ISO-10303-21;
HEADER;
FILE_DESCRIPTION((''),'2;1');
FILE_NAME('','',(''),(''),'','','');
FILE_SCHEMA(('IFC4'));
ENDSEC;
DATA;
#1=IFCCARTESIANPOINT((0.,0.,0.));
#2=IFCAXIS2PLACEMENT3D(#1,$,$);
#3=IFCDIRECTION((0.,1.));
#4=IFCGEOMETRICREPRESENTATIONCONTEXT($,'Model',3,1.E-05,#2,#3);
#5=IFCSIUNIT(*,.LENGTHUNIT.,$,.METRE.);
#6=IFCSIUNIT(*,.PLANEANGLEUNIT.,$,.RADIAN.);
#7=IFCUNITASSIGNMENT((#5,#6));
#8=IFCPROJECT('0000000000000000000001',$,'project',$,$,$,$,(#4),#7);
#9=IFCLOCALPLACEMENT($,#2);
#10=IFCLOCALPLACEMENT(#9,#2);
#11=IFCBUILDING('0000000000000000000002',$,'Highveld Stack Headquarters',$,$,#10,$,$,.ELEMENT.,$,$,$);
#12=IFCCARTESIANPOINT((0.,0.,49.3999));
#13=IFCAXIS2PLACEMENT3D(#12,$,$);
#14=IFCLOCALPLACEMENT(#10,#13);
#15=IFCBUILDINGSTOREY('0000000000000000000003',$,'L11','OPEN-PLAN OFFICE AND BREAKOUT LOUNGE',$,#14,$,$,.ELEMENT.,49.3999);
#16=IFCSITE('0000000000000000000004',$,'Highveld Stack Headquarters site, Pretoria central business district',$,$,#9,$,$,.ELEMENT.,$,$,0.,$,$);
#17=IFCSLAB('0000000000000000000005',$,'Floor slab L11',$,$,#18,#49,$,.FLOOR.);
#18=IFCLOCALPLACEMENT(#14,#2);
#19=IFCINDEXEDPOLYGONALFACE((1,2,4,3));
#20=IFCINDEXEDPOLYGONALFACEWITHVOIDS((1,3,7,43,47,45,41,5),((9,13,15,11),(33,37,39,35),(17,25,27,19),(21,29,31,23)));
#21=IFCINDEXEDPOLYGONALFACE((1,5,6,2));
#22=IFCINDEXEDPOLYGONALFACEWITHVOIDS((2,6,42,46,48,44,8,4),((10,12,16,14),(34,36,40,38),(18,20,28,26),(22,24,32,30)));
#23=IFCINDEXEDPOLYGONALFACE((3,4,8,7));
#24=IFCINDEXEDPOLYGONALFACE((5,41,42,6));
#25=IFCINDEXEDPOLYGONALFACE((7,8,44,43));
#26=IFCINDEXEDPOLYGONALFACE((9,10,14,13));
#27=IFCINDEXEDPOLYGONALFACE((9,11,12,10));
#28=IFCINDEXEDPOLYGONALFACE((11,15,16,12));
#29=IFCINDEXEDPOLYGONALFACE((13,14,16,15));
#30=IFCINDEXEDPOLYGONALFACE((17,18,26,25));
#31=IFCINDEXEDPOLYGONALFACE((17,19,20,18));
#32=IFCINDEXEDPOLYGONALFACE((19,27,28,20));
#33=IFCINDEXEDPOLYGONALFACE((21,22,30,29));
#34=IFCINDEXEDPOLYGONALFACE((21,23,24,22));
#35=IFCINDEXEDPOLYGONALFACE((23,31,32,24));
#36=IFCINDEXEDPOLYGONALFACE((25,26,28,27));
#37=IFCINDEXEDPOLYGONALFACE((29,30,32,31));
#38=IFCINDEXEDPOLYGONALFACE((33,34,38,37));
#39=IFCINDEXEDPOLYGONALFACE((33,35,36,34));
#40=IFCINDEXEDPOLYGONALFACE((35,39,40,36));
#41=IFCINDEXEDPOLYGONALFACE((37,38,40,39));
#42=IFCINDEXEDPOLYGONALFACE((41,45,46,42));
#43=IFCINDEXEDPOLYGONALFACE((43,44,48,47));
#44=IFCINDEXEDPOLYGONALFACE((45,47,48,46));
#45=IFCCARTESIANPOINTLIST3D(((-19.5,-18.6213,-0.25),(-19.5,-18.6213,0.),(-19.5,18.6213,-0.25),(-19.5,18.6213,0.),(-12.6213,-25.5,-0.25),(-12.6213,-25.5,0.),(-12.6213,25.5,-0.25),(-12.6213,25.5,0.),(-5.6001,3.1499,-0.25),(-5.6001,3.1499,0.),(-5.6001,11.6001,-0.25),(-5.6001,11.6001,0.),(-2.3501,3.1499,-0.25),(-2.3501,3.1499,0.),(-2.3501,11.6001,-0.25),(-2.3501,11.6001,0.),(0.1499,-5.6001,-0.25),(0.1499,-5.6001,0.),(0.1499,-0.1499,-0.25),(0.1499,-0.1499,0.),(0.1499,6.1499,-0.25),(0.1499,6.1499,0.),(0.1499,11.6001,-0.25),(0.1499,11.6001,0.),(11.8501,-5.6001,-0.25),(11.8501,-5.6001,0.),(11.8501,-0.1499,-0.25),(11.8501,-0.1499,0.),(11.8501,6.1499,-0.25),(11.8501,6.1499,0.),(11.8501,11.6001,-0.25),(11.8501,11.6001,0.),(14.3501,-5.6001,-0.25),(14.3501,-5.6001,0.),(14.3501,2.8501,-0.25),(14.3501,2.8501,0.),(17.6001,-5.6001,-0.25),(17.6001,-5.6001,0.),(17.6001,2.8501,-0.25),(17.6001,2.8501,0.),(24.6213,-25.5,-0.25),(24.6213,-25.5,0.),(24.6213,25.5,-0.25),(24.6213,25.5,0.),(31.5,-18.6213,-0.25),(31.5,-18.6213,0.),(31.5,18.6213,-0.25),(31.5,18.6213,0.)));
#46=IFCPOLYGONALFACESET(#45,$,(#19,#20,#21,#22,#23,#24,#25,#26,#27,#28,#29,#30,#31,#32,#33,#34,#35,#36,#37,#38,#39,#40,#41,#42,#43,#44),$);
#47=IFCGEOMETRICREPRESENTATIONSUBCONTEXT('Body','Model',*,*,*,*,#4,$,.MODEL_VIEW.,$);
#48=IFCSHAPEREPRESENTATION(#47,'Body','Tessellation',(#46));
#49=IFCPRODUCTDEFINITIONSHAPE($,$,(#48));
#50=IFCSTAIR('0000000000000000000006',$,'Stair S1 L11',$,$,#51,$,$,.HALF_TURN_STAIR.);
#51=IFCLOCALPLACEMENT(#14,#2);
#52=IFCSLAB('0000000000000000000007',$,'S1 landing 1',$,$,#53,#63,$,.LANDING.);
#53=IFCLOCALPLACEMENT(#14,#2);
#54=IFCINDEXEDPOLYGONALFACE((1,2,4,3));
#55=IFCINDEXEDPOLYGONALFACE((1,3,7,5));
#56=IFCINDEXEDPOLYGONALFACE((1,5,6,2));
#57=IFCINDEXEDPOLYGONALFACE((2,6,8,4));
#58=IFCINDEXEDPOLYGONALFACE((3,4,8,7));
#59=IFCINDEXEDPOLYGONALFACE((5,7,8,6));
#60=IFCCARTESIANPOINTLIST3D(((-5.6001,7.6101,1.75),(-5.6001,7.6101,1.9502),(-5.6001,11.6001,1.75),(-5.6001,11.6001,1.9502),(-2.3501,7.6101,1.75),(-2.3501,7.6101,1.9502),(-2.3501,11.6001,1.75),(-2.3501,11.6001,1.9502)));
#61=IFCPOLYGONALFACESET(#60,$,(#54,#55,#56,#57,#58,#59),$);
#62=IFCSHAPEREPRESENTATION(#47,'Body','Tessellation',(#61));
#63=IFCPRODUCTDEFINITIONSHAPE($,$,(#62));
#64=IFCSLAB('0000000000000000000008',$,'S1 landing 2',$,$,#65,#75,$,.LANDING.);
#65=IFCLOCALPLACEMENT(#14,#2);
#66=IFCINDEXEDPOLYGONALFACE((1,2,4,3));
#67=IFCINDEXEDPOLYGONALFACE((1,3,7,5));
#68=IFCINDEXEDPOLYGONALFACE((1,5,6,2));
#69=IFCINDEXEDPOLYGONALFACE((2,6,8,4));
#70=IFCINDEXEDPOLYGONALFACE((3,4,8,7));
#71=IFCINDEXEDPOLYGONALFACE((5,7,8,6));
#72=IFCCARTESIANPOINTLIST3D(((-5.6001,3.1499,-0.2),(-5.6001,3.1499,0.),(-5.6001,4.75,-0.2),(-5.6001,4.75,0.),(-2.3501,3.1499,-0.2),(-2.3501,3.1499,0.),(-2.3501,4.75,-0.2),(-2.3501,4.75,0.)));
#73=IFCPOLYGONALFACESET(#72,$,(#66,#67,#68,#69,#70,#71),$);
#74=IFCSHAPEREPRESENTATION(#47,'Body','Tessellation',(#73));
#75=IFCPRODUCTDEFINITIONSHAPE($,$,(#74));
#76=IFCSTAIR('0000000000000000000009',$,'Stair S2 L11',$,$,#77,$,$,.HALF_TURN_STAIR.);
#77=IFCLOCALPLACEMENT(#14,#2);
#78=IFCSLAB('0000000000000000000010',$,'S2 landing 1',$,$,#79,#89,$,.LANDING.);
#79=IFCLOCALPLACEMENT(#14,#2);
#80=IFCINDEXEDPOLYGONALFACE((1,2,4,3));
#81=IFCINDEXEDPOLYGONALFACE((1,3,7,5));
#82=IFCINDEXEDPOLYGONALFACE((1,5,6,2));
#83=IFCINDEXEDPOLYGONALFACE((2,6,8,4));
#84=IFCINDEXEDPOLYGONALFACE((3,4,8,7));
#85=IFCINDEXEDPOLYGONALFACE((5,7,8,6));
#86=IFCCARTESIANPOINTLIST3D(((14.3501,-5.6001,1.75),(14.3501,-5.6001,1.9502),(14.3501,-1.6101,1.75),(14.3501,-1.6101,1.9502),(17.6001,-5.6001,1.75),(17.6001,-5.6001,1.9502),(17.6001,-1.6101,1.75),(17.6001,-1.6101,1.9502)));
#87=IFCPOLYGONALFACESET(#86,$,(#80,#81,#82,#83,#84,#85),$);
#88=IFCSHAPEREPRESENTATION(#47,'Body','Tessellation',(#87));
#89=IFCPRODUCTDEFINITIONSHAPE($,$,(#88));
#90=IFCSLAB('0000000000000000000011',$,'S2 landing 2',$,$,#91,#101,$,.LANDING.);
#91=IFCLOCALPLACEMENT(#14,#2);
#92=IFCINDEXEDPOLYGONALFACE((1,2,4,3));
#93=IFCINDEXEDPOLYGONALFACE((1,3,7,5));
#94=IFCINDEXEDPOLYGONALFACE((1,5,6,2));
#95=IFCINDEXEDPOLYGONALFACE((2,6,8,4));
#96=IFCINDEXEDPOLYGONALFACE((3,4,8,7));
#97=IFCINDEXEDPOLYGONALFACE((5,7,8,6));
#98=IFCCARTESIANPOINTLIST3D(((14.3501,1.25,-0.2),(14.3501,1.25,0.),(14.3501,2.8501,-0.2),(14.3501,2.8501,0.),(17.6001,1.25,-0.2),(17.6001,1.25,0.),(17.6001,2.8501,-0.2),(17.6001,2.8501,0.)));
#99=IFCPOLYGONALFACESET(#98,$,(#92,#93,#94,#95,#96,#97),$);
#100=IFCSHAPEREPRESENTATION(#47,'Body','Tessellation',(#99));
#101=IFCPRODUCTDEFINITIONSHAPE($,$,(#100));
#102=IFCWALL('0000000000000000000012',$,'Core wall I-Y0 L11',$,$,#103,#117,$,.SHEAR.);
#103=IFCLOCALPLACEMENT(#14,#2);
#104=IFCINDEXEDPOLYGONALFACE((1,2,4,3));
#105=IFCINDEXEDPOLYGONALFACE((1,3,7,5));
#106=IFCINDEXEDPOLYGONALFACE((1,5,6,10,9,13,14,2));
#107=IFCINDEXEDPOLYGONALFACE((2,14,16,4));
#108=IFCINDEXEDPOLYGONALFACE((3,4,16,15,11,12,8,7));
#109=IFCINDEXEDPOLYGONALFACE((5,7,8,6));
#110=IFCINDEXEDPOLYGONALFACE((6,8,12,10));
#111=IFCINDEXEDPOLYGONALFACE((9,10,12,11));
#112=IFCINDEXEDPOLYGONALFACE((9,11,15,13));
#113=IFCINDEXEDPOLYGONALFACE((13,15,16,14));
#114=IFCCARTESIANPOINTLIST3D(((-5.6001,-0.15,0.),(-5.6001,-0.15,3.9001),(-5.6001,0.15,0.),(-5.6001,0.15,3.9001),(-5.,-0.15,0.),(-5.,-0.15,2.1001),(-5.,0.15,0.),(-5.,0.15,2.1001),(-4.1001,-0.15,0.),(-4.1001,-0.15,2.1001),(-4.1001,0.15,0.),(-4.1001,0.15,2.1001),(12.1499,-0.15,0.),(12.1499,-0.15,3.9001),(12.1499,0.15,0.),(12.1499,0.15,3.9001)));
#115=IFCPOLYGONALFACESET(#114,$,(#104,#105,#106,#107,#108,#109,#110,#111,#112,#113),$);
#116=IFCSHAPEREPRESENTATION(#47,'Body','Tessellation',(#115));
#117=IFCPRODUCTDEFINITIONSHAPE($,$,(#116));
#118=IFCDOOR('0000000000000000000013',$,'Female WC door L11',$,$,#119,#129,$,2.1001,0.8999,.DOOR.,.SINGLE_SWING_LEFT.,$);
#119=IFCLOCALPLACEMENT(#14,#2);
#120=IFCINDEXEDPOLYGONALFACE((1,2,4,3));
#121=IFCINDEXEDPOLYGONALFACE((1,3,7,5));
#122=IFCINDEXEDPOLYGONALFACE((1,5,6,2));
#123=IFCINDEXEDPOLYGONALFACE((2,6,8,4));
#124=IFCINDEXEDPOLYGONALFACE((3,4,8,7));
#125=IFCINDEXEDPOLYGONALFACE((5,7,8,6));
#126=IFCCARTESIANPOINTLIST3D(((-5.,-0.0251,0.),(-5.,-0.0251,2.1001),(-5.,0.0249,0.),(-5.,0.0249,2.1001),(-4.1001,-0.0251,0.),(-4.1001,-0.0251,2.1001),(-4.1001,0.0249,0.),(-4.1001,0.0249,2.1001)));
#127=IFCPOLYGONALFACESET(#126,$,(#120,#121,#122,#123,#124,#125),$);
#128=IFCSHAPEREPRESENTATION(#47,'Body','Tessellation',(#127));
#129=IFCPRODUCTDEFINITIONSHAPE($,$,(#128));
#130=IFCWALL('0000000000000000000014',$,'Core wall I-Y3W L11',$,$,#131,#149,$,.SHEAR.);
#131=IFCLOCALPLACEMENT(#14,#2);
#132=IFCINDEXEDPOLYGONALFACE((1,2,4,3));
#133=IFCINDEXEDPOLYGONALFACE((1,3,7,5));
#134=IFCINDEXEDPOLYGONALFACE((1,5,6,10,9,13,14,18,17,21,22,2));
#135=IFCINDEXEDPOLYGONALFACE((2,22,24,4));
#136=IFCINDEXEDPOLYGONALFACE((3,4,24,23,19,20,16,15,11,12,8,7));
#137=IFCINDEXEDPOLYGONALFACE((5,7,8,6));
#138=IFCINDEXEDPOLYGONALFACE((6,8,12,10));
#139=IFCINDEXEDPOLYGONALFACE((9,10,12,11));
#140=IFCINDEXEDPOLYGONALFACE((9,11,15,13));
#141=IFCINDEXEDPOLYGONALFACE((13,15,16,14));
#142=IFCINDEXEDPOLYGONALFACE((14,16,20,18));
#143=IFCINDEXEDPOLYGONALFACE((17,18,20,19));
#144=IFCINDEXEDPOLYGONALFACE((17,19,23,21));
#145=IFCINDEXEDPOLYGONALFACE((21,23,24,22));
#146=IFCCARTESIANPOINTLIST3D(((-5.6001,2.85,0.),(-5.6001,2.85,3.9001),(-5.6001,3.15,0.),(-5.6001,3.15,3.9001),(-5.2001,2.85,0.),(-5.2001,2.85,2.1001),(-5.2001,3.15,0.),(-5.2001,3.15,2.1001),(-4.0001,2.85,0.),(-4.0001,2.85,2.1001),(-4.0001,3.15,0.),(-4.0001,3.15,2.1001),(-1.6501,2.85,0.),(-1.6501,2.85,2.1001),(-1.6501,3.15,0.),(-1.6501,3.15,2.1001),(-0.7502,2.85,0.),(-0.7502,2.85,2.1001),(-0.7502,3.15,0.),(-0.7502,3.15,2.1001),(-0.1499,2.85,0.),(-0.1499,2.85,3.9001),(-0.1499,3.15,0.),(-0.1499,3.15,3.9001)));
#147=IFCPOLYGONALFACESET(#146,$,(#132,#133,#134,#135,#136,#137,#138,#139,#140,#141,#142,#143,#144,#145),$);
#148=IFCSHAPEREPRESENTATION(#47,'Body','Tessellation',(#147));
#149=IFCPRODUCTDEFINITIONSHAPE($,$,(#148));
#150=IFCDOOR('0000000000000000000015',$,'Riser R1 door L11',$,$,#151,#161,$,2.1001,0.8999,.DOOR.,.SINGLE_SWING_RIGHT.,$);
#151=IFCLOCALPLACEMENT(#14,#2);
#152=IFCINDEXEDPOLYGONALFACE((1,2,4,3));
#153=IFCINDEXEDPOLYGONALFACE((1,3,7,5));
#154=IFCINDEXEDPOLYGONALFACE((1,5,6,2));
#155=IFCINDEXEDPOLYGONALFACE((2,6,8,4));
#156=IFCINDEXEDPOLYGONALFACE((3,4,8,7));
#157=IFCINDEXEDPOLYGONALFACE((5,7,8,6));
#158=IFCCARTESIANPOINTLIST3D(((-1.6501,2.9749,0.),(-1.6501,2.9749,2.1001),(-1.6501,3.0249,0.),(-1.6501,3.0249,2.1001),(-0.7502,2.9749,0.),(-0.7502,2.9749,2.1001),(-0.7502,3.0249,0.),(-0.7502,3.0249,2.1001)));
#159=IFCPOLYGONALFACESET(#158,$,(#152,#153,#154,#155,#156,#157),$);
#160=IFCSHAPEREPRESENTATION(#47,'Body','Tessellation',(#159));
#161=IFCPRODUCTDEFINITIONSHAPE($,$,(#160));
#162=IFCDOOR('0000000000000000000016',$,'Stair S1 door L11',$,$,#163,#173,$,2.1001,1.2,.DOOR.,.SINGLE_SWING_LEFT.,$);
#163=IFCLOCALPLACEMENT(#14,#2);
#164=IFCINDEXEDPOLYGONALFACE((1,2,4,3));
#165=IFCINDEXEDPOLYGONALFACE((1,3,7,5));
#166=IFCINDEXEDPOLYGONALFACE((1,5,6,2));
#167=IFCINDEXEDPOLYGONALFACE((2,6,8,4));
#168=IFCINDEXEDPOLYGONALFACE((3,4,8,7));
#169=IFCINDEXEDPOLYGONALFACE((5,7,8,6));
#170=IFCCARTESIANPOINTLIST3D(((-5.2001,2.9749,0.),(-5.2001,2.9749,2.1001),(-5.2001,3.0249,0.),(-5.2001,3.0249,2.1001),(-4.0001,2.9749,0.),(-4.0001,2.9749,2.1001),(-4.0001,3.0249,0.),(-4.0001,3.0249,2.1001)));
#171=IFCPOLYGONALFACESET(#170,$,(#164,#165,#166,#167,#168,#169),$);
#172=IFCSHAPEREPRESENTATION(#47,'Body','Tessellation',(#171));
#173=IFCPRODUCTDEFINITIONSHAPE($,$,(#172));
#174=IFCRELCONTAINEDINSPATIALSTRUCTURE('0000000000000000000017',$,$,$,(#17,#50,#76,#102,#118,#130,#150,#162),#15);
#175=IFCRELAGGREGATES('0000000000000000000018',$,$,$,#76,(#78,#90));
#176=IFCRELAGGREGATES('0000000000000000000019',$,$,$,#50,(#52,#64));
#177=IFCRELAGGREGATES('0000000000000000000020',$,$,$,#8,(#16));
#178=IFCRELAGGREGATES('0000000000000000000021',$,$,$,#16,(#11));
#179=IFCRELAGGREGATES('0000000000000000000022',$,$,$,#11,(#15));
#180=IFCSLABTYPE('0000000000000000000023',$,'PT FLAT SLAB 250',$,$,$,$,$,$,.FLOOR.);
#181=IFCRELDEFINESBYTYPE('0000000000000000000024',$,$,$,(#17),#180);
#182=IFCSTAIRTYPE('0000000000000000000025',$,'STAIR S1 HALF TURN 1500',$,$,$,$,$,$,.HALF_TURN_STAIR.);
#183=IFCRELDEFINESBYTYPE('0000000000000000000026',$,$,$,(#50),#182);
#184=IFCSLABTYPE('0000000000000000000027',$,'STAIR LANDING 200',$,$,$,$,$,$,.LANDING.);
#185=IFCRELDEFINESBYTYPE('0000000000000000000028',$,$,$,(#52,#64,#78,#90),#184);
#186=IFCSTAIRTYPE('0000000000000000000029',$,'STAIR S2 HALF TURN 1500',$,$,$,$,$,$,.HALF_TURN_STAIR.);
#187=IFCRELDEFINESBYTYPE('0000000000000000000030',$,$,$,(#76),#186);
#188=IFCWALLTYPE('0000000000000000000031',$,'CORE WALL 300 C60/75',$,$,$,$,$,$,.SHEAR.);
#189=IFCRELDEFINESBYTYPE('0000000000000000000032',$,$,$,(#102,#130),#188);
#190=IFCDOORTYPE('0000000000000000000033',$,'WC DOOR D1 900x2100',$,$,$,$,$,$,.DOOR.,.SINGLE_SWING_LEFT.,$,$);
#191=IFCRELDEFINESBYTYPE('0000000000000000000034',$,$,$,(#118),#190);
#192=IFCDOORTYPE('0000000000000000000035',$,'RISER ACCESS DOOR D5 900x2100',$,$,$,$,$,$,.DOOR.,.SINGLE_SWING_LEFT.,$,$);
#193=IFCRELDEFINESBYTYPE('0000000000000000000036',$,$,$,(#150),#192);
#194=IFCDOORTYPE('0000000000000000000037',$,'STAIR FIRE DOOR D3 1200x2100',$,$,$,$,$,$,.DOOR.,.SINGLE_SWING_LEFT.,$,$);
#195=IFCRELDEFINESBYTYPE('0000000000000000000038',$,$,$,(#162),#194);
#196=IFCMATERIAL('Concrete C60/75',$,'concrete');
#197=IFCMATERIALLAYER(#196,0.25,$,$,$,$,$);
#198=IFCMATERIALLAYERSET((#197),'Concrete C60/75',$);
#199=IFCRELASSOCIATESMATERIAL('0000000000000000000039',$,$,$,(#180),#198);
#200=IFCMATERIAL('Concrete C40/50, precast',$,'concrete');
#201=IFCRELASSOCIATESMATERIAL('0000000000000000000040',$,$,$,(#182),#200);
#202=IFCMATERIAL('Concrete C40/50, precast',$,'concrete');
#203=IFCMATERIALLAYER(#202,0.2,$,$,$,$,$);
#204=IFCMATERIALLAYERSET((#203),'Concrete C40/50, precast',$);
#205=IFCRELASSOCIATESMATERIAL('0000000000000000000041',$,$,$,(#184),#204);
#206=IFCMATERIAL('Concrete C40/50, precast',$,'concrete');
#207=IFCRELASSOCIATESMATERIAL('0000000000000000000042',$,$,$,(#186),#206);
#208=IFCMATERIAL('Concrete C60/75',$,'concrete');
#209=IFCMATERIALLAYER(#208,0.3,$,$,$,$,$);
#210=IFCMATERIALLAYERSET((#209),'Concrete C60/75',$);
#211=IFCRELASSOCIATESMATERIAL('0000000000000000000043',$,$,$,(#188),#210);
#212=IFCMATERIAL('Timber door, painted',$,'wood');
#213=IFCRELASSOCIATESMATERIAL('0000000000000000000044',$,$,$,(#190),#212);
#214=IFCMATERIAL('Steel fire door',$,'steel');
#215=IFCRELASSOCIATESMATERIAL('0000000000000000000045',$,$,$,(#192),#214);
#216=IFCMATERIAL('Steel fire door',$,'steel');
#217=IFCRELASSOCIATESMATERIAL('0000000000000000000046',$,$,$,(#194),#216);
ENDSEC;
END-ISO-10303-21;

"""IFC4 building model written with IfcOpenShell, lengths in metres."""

from ifc_helpers import new_model, si_unit, direction, frame, frame_2d, origin, place, context, subcontext, project, spatial, polyline, rectangle, outline, extrude, material, layer, layer_set, type_object, element, fill, aggregate, save


model = new_model("IFC4")

# Units and contexts
model_context = context("Model", 3, precision=1e-05, world=origin(), true_north=direction((0.0, 1.0)))
body_context = subcontext(model_context, "Body", "Model", "MODEL_VIEW")
ifc_project = project(units=[si_unit("LENGTHUNIT", "METRE"), si_unit("PLANEANGLEUNIT", "RADIAN")], contexts=[model_context])

# Site, building, storey
site_placement = place(None, origin())
site = spatial("IfcSite", under=ifc_project, at=site_placement, Name="Highveld Stack Headquarters site, Pretoria central business district", CompositionType="ELEMENT", RefElevation=0.0)
building_placement = place(site_placement, origin())
building = spatial("IfcBuilding", under=site, at=building_placement, Name="Highveld Stack Headquarters", CompositionType="ELEMENT")
storey_placement = place(building_placement, frame((0.0, 0.0, 49.3999)))
storey = spatial("IfcBuildingStorey", under=building, at=storey_placement, Name="L11", Description="OPEN-PLAN OFFICE AND BREAKOUT LOUNGE", CompositionType="ELEMENT", Elevation=49.3999)

# Slab
ifc_material_1 = material(Name="Concrete C60/75", Category="concrete")
ifc_layer_1 = layer(ifc_material_1, 0.25)
ifc_layer_set_1 = layer_set([ifc_layer_1], Name="Concrete C60/75")
slab_type_1 = type_object("IfcSlabType", Name="PT FLAT SLAB 250", PredefinedType="FLOOR", material=ifc_layer_set_1)
slab_1_placement = place(storey_placement, frame((0.0, 0.0, -0.25)))
element("IfcSlab", 1, at=slab_1_placement, inside=storey, type_object=slab_type_1, Name="Floor slab L11", PredefinedType="FLOOR", context=body_context, shape_type="SweptSolid", body=[
    extrude(outline(polyline([(-12.6213, -25.5), (24.6213, -25.5), (31.5, -18.6213), (31.5, 18.6213), (24.6213, 25.5), (-12.6213, 25.5), (-19.5, 18.6213), (-19.5, -18.6213), (-12.6213, -25.5)]), holes=[polyline([(0.1499, 6.1499), (11.8501, 6.1499), (11.8501, 11.6001), (0.1499, 11.6001), (0.1499, 6.1499)]), polyline([(0.1499, -5.6001), (11.8501, -5.6001), (11.8501, -0.1499), (0.1499, -0.1499), (0.1499, -5.6001)]), polyline([(-5.6001, 3.1499), (-2.3501, 3.1499), (-2.3501, 11.6001), (-5.6001, 11.6001), (-5.6001, 3.1499)]), polyline([(14.3501, -5.6001), (17.6001, -5.6001), (17.6001, 2.8501), (14.3501, 2.8501), (14.3501, -5.6001)])]), origin(), (0.0, 0.0, 1.0), 0.25),
])

# Stairs, slabs
ifc_material_2 = material(Name="Concrete C40/50, precast", Category="concrete")
stair_type_1 = type_object("IfcStairType", Name="STAIR S1 HALF TURN 1500", PredefinedType="HALF_TURN_STAIR", material=ifc_material_2)
stair_1_placement = place(storey_placement, origin())
stair_1 = element("IfcStair", 2, at=stair_1_placement, inside=storey, type_object=stair_type_1, Name="Stair S1 L11", PredefinedType="HALF_TURN_STAIR")
ifc_material_3 = material(Name="Concrete C40/50, precast", Category="concrete")
ifc_layer_2 = layer(ifc_material_3, 0.2)
ifc_layer_set_2 = layer_set([ifc_layer_2], Name="Concrete C40/50, precast")
slab_type_2 = type_object("IfcSlabType", Name="STAIR LANDING 200", PredefinedType="LANDING", material=ifc_layer_set_2)
slab_2_placement = place(storey_placement, frame((0.0, 0.0, 1.75)))
slab_2 = element("IfcSlab", 3, at=slab_2_placement, type_object=slab_type_2, Name="S1 landing 1", PredefinedType="LANDING", context=body_context, shape_type="SweptSolid", body=[
    extrude(outline(polyline([(-5.6001, 7.6101), (-2.3501, 7.6101), (-2.3501, 11.6001), (-5.6001, 11.6001), (-5.6001, 7.6101)])), origin(), (0.0, 0.0, 1.0), 0.2002),
])
slab_3_placement = place(storey_placement, frame((0.0, 0.0, -0.2)))
slab_3 = element("IfcSlab", 4, at=slab_3_placement, type_object=slab_type_2, Name="S1 landing 2", PredefinedType="LANDING", context=body_context, shape_type="SweptSolid", body=[
    extrude(outline(polyline([(-5.6001, 3.1499), (-2.3501, 3.1499), (-2.3501, 4.75), (-5.6001, 4.75), (-5.6001, 3.1499)])), origin(), (0.0, 0.0, 1.0), 0.2),
])
ifc_material_4 = material(Name="Concrete C40/50, precast", Category="concrete")
stair_type_2 = type_object("IfcStairType", Name="STAIR S2 HALF TURN 1500", PredefinedType="HALF_TURN_STAIR", material=ifc_material_4)
stair_2_placement = place(storey_placement, origin())
stair_2 = element("IfcStair", 5, at=stair_2_placement, inside=storey, type_object=stair_type_2, Name="Stair S2 L11", PredefinedType="HALF_TURN_STAIR")
slab_4_placement = place(storey_placement, frame((0.0, 0.0, 1.75)))
slab_4 = element("IfcSlab", 6, at=slab_4_placement, type_object=slab_type_2, Name="S2 landing 1", PredefinedType="LANDING", context=body_context, shape_type="SweptSolid", body=[
    extrude(outline(polyline([(14.3501, -5.6001), (17.6001, -5.6001), (17.6001, -1.6101), (14.3501, -1.6101), (14.3501, -5.6001)])), origin(), (0.0, 0.0, 1.0), 0.2002),
])
slab_5_placement = place(storey_placement, frame((0.0, 0.0, -0.2)))
slab_5 = element("IfcSlab", 7, at=slab_5_placement, type_object=slab_type_2, Name="S2 landing 2", PredefinedType="LANDING", context=body_context, shape_type="SweptSolid", body=[
    extrude(outline(polyline([(14.3501, 1.25), (17.6001, 1.25), (17.6001, 2.8501), (14.3501, 2.8501), (14.3501, 1.25)])), origin(), (0.0, 0.0, 1.0), 0.2),
])
aggregate(stair_2, [slab_4, slab_5])

# Wall, opening, door
ifc_material_5 = material(Name="Concrete C60/75", Category="concrete")
ifc_layer_3 = layer(ifc_material_5, 0.3)
ifc_layer_set_3 = layer_set([ifc_layer_3], Name="Concrete C60/75")
wall_type_1 = type_object("IfcWallType", Name="CORE WALL 300 C60/75", PredefinedType="SHEAR", material=ifc_layer_set_3)
wall_1_placement = place(storey_placement, frame((-5.6001, 0.0, 0.0), z_axis=(0.0, 0.0, 1.0), x_axis=(1.0, 0.0, 0.0)))
wall_1 = element("IfcWall", 8, at=wall_1_placement, inside=storey, type_object=wall_type_1, Name="Core wall I-Y0 L11", PredefinedType="SHEAR", context=body_context, shape_type="SweptSolid", body=[
    extrude(rectangle(XDim=17.75, YDim=0.3, at=frame_2d((8.875, 0.0))), origin(), (0.0, 0.0, 1.0), 3.9001),
])
opening_1_placement = place(wall_1_placement, frame((0.6001, 0.0, 0.0)))
opening_1 = element("IfcOpeningElement", 9, at=opening_1_placement, cuts=wall_1, PredefinedType="OPENING", context=body_context, shape_type="SweptSolid", body=[
    extrude(rectangle(XDim=0.8999, YDim=2.1001, at=frame_2d((0.45, 1.05))), frame((0.0, 0.1599, 0.0), z_axis=(0.0, -1.0, 0.0), x_axis=(1.0, 0.0, 0.0)), (0.0, 0.0, 1.0), 0.3201),
])
ifc_material_6 = material(Name="Timber door, painted", Category="wood")
door_type_1 = type_object("IfcDoorType", Name="WC DOOR D1 900x2100", OperationType="SINGLE_SWING_LEFT", PredefinedType="DOOR", material=ifc_material_6)
door_1_placement = place(opening_1_placement, origin())
door_1 = element("IfcDoor", 10, at=door_1_placement, inside=storey, type_object=door_type_1, Name="Female WC door L11", OperationType="SINGLE_SWING_LEFT", OverallHeight=2.1001, OverallWidth=0.8999, PredefinedType="DOOR", context=body_context, shape_type="SweptSolid", body=[
    extrude(rectangle(XDim=0.8999, YDim=2.1001, at=frame_2d((0.45, 1.05))), frame((0.0, 0.0249, 0.0), z_axis=(0.0, -1.0, 0.0), x_axis=(1.0, 0.0, 0.0)), (0.0, 0.0, 1.0), 0.05),
])
fill(opening_1, door_1)

# Wall, openings, doors
wall_2_placement = place(storey_placement, frame((-5.6001, 3.0, 0.0), z_axis=(0.0, 0.0, 1.0), x_axis=(1.0, 0.0, 0.0)))
wall_2 = element("IfcWall", 11, at=wall_2_placement, inside=storey, type_object=wall_type_1, Name="Core wall I-Y3W L11", PredefinedType="SHEAR", context=body_context, shape_type="SweptSolid", body=[
    extrude(rectangle(XDim=5.4502, YDim=0.3, at=frame_2d((2.7251, 0.0))), origin(), (0.0, 0.0, 1.0), 3.9001),
])
opening_2_placement = place(wall_2_placement, frame((0.3999, 0.0, 0.0)))
opening_2 = element("IfcOpeningElement", 12, at=opening_2_placement, cuts=wall_2, PredefinedType="OPENING", context=body_context, shape_type="SweptSolid", body=[
    extrude(rectangle(XDim=1.2, YDim=2.1001, at=frame_2d((0.6001, 1.05))), frame((0.0, 0.1599, 0.0), z_axis=(0.0, -1.0, 0.0), x_axis=(1.0, 0.0, 0.0)), (0.0, 0.0, 1.0), 0.3201),
])
opening_3_placement = place(wall_2_placement, frame((3.95, 0.0, 0.0)))
opening_3 = element("IfcOpeningElement", 13, at=opening_3_placement, cuts=wall_2, PredefinedType="OPENING", context=body_context, shape_type="SweptSolid", body=[
    extrude(rectangle(XDim=0.8999, YDim=2.1001, at=frame_2d((0.45, 1.05))), frame((0.0, 0.1599, 0.0), z_axis=(0.0, -1.0, 0.0), x_axis=(1.0, 0.0, 0.0)), (0.0, 0.0, 1.0), 0.3201),
])
ifc_material_7 = material(Name="Steel fire door", Category="steel")
door_type_2 = type_object("IfcDoorType", Name="RISER ACCESS DOOR D5 900x2100", OperationType="SINGLE_SWING_LEFT", PredefinedType="DOOR", material=ifc_material_7)
door_2_placement = place(opening_3_placement, origin())
door_2 = element("IfcDoor", 14, at=door_2_placement, inside=storey, type_object=door_type_2, Name="Riser R1 door L11", OperationType="SINGLE_SWING_RIGHT", OverallHeight=2.1001, OverallWidth=0.8999, PredefinedType="DOOR", context=body_context, shape_type="SweptSolid", body=[
    extrude(rectangle(XDim=0.8999, YDim=2.1001, at=frame_2d((0.45, 1.05))), frame((0.0, 0.0249, 0.0), z_axis=(0.0, -1.0, 0.0), x_axis=(1.0, 0.0, 0.0)), (0.0, 0.0, 1.0), 0.05),
])
fill(opening_3, door_2)
ifc_material_8 = material(Name="Steel fire door", Category="steel")
door_type_3 = type_object("IfcDoorType", Name="STAIR FIRE DOOR D3 1200x2100", OperationType="SINGLE_SWING_LEFT", PredefinedType="DOOR", material=ifc_material_8)
door_3_placement = place(opening_2_placement, origin())
door_3 = element("IfcDoor", 15, at=door_3_placement, inside=storey, type_object=door_type_3, Name="Stair S1 door L11", OperationType="SINGLE_SWING_LEFT", OverallHeight=2.1001, OverallWidth=1.2, PredefinedType="DOOR", context=body_context, shape_type="SweptSolid", body=[
    extrude(rectangle(XDim=1.2, YDim=2.1001, at=frame_2d((0.6001, 1.05))), frame((0.0, 0.0249, 0.0), z_axis=(0.0, -1.0, 0.0), x_axis=(1.0, 0.0, 0.0)), (0.0, 0.0, 1.0), 0.05),
])
fill(opening_2, door_3)

aggregate(stair_1, [slab_2, slab_3])

save(model, "model.ifc")
